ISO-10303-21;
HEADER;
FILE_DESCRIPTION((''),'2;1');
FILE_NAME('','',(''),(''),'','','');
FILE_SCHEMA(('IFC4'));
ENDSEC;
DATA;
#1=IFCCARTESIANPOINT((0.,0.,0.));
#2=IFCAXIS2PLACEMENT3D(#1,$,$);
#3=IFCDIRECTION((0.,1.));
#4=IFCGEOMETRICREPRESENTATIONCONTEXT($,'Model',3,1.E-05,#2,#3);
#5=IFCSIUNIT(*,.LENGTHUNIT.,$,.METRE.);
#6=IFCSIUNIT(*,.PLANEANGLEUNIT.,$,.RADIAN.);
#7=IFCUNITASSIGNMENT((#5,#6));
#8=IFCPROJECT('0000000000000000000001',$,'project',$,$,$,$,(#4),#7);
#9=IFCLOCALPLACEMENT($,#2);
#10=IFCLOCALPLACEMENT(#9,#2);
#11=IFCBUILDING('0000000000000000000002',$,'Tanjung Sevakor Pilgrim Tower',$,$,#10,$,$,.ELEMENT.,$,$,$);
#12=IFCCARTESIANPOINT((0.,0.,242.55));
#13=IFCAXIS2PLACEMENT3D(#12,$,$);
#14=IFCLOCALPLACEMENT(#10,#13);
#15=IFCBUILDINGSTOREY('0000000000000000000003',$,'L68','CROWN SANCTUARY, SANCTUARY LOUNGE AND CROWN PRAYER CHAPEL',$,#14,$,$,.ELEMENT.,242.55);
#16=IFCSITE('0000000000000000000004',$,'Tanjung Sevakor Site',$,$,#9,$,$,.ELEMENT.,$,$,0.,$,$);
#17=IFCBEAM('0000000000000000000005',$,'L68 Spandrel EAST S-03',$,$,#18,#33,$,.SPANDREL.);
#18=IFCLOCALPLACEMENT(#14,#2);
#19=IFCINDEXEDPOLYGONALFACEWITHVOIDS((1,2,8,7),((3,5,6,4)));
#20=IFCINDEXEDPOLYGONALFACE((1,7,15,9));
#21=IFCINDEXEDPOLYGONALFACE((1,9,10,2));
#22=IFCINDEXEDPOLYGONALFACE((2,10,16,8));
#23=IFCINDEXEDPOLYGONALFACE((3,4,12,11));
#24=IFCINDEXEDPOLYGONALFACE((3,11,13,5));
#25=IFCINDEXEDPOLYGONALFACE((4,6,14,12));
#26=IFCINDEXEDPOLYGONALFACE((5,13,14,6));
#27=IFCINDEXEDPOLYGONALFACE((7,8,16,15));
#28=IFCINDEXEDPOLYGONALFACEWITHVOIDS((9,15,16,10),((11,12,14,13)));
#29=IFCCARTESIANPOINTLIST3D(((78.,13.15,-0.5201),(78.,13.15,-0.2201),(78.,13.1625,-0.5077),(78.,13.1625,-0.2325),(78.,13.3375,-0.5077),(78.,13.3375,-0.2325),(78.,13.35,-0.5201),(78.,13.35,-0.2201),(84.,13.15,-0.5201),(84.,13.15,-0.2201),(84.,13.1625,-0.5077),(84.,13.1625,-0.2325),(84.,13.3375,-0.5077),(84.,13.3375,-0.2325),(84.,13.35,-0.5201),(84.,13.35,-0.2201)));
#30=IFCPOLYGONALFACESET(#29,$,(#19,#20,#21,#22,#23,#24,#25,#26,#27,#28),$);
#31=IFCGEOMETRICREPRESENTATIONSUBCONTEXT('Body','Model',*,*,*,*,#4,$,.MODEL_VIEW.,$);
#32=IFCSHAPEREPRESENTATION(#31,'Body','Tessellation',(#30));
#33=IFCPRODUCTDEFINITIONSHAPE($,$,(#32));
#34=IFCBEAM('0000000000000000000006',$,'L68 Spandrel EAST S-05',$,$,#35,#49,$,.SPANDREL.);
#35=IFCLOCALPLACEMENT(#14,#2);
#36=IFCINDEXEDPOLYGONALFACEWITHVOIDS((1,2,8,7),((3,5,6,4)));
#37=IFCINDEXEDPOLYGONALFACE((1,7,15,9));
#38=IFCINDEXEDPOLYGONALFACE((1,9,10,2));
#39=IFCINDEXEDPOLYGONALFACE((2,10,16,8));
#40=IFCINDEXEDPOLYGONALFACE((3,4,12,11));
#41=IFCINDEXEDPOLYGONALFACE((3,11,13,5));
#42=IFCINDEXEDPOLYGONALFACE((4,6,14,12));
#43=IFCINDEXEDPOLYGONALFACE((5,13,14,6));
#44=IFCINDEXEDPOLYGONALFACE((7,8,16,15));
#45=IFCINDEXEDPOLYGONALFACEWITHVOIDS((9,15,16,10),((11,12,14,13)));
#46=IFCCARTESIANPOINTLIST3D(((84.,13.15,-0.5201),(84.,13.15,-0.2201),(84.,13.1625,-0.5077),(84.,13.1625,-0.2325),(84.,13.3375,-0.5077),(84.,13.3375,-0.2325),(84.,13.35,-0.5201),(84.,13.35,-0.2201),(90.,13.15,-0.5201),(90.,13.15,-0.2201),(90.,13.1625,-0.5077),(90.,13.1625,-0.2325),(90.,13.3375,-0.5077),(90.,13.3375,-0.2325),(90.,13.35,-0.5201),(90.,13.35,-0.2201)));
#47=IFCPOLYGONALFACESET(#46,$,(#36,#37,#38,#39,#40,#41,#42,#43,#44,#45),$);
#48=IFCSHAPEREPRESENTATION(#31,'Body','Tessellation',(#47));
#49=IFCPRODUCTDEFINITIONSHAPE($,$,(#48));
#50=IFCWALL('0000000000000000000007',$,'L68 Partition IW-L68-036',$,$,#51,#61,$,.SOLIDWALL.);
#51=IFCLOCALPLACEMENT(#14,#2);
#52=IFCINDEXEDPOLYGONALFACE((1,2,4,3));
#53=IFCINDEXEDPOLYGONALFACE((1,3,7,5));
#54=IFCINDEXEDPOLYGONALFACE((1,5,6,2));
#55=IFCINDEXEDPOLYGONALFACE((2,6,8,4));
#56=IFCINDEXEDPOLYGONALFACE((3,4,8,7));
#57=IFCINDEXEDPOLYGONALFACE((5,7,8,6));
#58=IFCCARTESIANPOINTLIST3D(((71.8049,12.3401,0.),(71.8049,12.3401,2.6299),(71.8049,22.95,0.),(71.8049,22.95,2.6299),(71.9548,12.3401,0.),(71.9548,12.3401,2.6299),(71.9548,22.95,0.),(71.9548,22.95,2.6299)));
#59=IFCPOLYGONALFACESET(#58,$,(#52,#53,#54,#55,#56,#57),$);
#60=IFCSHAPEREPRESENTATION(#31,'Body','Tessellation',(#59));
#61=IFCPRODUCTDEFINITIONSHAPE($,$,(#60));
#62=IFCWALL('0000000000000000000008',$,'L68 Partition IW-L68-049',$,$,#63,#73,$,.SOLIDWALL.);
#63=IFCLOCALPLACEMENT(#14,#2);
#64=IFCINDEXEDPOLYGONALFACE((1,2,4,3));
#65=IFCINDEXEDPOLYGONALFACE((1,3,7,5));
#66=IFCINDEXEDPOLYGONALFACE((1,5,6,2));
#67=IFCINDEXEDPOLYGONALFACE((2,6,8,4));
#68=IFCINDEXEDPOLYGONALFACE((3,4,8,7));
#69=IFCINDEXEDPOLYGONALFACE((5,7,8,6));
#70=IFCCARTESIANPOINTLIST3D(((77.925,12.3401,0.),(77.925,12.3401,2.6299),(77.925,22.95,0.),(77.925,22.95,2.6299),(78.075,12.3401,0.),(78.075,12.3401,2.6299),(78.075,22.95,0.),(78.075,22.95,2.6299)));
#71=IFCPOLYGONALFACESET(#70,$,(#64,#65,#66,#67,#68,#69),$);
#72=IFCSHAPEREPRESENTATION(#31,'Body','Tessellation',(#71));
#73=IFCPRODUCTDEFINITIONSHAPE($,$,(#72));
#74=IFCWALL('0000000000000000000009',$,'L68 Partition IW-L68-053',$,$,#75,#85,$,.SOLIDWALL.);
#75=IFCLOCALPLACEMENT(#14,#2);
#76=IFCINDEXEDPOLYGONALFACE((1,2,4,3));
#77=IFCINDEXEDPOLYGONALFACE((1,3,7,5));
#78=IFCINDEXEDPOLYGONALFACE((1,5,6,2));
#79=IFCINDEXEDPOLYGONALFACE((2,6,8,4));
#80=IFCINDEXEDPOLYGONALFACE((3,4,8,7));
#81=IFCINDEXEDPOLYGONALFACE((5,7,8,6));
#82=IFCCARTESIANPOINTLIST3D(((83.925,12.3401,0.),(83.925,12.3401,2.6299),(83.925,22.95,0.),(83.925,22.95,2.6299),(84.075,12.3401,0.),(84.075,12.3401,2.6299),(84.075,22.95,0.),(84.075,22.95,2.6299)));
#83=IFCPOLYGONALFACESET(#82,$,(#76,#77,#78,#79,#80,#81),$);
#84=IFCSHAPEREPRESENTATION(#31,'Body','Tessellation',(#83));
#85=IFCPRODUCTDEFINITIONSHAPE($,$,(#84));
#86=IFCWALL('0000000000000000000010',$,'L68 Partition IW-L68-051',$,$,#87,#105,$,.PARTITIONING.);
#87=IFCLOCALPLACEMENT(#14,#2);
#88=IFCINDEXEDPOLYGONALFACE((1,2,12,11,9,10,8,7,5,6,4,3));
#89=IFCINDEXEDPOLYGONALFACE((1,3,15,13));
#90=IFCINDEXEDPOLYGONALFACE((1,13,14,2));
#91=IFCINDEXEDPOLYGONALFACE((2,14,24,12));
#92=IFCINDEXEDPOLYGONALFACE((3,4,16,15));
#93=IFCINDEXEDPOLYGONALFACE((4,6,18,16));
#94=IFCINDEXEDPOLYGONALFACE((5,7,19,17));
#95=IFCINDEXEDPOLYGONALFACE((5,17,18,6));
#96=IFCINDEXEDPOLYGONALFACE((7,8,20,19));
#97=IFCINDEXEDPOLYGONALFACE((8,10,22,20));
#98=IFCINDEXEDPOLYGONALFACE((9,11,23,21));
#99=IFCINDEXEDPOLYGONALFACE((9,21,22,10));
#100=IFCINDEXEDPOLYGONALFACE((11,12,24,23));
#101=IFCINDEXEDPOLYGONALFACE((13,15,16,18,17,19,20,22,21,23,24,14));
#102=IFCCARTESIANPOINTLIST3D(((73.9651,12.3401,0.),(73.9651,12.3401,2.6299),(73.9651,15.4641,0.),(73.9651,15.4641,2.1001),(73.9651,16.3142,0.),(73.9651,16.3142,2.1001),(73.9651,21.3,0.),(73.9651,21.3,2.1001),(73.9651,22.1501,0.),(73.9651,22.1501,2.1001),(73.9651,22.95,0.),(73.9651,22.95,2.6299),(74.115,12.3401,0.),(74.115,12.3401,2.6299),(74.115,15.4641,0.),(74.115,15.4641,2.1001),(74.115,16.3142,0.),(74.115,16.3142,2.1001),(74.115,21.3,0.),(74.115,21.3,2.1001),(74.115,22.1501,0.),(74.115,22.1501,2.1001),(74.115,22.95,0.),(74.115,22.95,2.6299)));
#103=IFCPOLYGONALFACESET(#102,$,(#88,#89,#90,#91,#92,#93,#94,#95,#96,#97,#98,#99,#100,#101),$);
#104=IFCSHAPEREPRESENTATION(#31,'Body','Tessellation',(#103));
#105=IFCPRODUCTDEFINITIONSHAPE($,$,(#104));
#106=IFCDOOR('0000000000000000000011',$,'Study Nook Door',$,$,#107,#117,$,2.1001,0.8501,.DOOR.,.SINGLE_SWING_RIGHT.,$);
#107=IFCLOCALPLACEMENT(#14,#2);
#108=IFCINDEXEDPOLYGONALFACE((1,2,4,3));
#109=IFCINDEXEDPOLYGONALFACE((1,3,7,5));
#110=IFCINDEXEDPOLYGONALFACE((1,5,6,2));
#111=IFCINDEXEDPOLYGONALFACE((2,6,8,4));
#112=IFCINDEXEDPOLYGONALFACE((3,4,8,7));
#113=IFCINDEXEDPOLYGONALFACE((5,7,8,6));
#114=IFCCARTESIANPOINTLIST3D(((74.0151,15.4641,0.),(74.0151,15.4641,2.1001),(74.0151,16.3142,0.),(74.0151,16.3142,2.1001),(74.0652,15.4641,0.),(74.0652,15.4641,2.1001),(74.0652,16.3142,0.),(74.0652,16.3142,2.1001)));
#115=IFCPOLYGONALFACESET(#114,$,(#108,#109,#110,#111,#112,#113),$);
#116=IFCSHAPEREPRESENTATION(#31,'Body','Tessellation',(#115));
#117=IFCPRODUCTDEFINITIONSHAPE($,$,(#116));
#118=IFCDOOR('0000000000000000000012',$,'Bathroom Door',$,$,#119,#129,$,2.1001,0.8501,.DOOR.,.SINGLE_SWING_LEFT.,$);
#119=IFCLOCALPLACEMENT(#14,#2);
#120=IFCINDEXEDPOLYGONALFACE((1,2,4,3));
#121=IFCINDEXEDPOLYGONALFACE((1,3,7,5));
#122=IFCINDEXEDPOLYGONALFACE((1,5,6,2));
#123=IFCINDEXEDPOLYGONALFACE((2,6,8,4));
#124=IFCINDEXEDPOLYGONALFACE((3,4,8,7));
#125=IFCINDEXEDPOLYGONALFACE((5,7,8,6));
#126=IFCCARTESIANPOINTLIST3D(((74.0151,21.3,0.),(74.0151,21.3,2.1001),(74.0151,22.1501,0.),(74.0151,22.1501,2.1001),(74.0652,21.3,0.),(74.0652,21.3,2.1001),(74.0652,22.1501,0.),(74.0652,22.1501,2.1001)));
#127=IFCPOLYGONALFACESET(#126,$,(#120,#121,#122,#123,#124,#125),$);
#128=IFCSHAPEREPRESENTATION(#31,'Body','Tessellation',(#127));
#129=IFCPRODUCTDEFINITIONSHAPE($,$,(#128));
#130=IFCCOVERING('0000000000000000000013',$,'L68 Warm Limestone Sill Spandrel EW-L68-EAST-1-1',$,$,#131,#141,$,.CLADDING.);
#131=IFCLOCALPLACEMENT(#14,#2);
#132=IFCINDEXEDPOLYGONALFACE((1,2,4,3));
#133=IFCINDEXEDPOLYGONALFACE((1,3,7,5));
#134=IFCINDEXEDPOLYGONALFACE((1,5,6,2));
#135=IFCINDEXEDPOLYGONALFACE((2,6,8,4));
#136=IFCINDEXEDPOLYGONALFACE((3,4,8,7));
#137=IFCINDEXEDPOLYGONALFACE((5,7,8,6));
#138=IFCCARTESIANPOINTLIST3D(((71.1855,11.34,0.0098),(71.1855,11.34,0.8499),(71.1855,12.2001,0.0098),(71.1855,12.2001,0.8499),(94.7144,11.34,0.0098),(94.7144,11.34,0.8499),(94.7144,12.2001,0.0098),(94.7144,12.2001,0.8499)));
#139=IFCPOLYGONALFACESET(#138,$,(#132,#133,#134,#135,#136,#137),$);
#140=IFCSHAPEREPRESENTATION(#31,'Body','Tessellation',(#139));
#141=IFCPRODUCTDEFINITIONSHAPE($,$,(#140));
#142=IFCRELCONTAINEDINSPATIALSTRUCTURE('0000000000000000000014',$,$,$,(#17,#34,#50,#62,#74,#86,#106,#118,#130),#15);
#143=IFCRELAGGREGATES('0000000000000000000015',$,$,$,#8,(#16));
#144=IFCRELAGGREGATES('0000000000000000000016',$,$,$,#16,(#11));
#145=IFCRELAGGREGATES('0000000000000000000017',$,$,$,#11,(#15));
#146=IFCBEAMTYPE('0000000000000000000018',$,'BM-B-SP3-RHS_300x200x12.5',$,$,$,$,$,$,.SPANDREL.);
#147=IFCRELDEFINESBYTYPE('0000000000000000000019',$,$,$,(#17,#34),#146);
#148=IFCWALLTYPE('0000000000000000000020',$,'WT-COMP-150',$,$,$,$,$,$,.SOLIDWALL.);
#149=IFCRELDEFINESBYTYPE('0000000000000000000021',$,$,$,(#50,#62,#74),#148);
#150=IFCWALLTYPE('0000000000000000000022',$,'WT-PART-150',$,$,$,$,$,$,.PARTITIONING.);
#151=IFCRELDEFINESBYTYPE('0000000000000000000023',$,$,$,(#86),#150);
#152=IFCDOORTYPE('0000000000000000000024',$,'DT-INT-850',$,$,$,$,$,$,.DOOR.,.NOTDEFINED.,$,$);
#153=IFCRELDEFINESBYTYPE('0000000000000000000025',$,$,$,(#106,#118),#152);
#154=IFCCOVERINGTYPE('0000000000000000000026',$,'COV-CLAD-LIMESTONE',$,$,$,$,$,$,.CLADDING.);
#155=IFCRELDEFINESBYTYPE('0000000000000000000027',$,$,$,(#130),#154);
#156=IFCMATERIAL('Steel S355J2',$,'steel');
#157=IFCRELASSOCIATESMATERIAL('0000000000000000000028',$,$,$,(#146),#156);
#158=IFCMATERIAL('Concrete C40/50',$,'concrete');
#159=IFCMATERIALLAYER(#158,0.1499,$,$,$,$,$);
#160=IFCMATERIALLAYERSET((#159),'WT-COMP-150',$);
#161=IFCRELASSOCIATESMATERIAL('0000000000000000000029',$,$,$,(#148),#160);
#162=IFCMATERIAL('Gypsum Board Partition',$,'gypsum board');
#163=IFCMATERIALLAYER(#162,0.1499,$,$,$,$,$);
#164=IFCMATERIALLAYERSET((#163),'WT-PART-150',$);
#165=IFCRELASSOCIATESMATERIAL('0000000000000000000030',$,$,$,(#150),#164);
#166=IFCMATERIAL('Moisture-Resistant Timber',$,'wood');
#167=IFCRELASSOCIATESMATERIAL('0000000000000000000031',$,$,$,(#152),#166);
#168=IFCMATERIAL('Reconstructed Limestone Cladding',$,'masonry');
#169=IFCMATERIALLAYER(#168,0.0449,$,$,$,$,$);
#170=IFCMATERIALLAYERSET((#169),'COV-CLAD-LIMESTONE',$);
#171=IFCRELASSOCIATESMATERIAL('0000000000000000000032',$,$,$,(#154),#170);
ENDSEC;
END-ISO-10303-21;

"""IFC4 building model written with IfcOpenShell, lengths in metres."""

from ifc_helpers import new_model, si_unit, direction, frame, frame_2d, origin, origin_2d, place, context, subcontext, project, spatial, rectangle, hollow_rectangle, extrude, material, layer, layer_set, material_profile, profile_set, type_object, element, fill, save


model = new_model("IFC4")

# Units and contexts
model_context = context("Model", 3, precision=1e-05, world=origin(), true_north=direction((0.0, 1.0)))
body_context = subcontext(model_context, "Body", "Model", "MODEL_VIEW")
ifc_project = project(units=[si_unit("LENGTHUNIT", "METRE"), si_unit("PLANEANGLEUNIT", "RADIAN")], contexts=[model_context])

# Site, building, storey
site_placement = place(None, origin())
site = spatial("IfcSite", under=ifc_project, at=site_placement, Name="Tanjung Sevakor Site", CompositionType="ELEMENT", RefElevation=0.0)
building_placement = place(site_placement, origin())
building = spatial("IfcBuilding", under=site, at=building_placement, Name="Tanjung Sevakor Pilgrim Tower", CompositionType="ELEMENT")
storey_placement = place(building_placement, frame((0.0, 0.0, 242.55)))
storey = spatial("IfcBuildingStorey", under=building, at=storey_placement, Name="L68", Description="CROWN SANCTUARY, SANCTUARY LOUNGE AND CROWN PRAYER CHAPEL", CompositionType="ELEMENT", Elevation=242.55)

# Beams
ifc_material_1 = material(Name="Steel S355J2", Category="steel")
ifc_material_profile_1 = material_profile(ifc_material_1, hollow_rectangle(XDim=0.2, YDim=0.3, WallThickness=0.0125, at=origin_2d()))
ifc_profile_set_1 = profile_set([ifc_material_profile_1], Name="Steel S355J2")
beam_type_1 = type_object("IfcBeamType", Name="BM-B-SP3-RHS_300x200x12.5", PredefinedType="SPANDREL", material=ifc_profile_set_1)
for number, where, z_axis, x_axis, name in (
    (1, (78.0, 13.25, -0.3701), (1.0, 0.0, 0.0), (0.0, 1.0, 0.0), "L68 Spandrel EAST S-03"),
    (2, (84.0, 13.25, -0.3701), (1.0, 0.0, 0.0), (0.0, 1.0, 0.0), "L68 Spandrel EAST S-05"),
):
    element("IfcBeam", number, at=place(storey_placement, frame(where, z_axis=z_axis, x_axis=x_axis)), inside=storey, type_object=beam_type_1, Name=name, PredefinedType="SPANDREL", context=body_context, shape_type="SweptSolid", body=[
        extrude(hollow_rectangle(XDim=0.2, YDim=0.3, WallThickness=0.0125, at=origin_2d()), origin(), (0.0, 0.0, 1.0), 6.0),
    ])

# Walls
ifc_material_2 = material(Name="Concrete C40/50", Category="concrete")
ifc_layer_1 = layer(ifc_material_2, 0.1499)
ifc_layer_set_1 = layer_set([ifc_layer_1], Name="WT-COMP-150")
wall_type_1 = type_object("IfcWallType", Name="WT-COMP-150", PredefinedType="SOLIDWALL", material=ifc_layer_set_1)
for number, where, z_axis, x_axis, name in (
    (3, (71.8799, 12.3401, 0.0), (0.0, 0.0, 1.0), (0.0, 1.0, 0.0), "L68 Partition IW-L68-036"),
    (4, (78.0, 12.3401, 0.0), (0.0, 0.0, 1.0), (0.0, 1.0, 0.0), "L68 Partition IW-L68-049"),
    (5, (84.0, 12.3401, 0.0), (0.0, 0.0, 1.0), (0.0, 1.0, 0.0), "L68 Partition IW-L68-053"),
):
    element("IfcWall", number, at=place(storey_placement, frame(where, z_axis=z_axis, x_axis=x_axis)), inside=storey, type_object=wall_type_1, Name=name, PredefinedType="SOLIDWALL", context=body_context, shape_type="SweptSolid", body=[
        extrude(rectangle(XDim=10.6099, YDim=0.1499, at=frame_2d((5.3049, 0.0))), origin(), (0.0, 0.0, 1.0), 2.6299),
    ])

# Wall, openings, doors
ifc_material_3 = material(Name="Gypsum Board Partition", Category="gypsum board")
ifc_layer_2 = layer(ifc_material_3, 0.1499)
ifc_layer_set_2 = layer_set([ifc_layer_2], Name="WT-PART-150")
wall_type_2 = type_object("IfcWallType", Name="WT-PART-150", PredefinedType="PARTITIONING", material=ifc_layer_set_2)
wall_placement = place(storey_placement, frame((74.04, 12.3401, 0.0), z_axis=(0.0, 0.0, 1.0), x_axis=(0.0, 1.0, 0.0)))
wall = element("IfcWall", 6, at=wall_placement, inside=storey, type_object=wall_type_2, Name="L68 Partition IW-L68-051", PredefinedType="PARTITIONING", context=body_context, shape_type="SweptSolid", body=[
    extrude(rectangle(XDim=10.6099, YDim=0.1499, at=frame_2d((5.3049, 0.0))), origin(), (0.0, 0.0, 1.0), 2.6299),
])
opening_1_placement = place(wall_placement, frame((3.124, 0.0, 0.0)))
opening_1 = element("IfcOpeningElement", 7, at=opening_1_placement, cuts=wall, PredefinedType="OPENING", context=body_context, shape_type="SweptSolid", body=[
    extrude(rectangle(XDim=0.8501, YDim=2.1001, at=frame_2d((0.425, 1.05))), frame((0.0, 0.085, 0.0), z_axis=(0.0, -1.0, 0.0), x_axis=(1.0, 0.0, 0.0)), (0.0, 0.0, 1.0), 0.1699),
])
opening_2_placement = place(wall_placement, frame((8.96, 0.0, 0.0)))
opening_2 = element("IfcOpeningElement", 8, at=opening_2_placement, cuts=wall, PredefinedType="OPENING", context=body_context, shape_type="SweptSolid", body=[
    extrude(rectangle(XDim=0.8501, YDim=2.1001, at=frame_2d((0.425, 1.05))), frame((0.0, 0.085, 0.0), z_axis=(0.0, -1.0, 0.0), x_axis=(1.0, 0.0, 0.0)), (0.0, 0.0, 1.0), 0.1699),
])
ifc_material_4 = material(Name="Moisture-Resistant Timber", Category="wood")
door_type = type_object("IfcDoorType", Name="DT-INT-850", OperationType="NOTDEFINED", PredefinedType="DOOR", material=ifc_material_4)
door_1_placement = place(opening_1_placement, origin())
door_1 = element("IfcDoor", 9, at=door_1_placement, inside=storey, type_object=door_type, Name="Study Nook Door", OperationType="SINGLE_SWING_RIGHT", OverallHeight=2.1001, OverallWidth=0.8501, PredefinedType="DOOR", context=body_context, shape_type="SweptSolid", body=[
    extrude(rectangle(XDim=0.8501, YDim=2.1001, at=frame_2d((0.425, 1.05))), frame((0.0, 0.0249, 0.0), z_axis=(0.0, -1.0, 0.0), x_axis=(1.0, 0.0, 0.0)), (0.0, 0.0, 1.0), 0.05),
])
fill(opening_1, door_1)
door_2_placement = place(opening_2_placement, origin())
door_2 = element("IfcDoor", 10, at=door_2_placement, inside=storey, type_object=door_type, Name="Bathroom Door", OperationType="SINGLE_SWING_LEFT", OverallHeight=2.1001, OverallWidth=0.8501, PredefinedType="DOOR", context=body_context, shape_type="SweptSolid", body=[
    extrude(rectangle(XDim=0.8501, YDim=2.1001, at=frame_2d((0.425, 1.05))), frame((0.0, 0.0249, 0.0), z_axis=(0.0, -1.0, 0.0), x_axis=(1.0, 0.0, 0.0)), (0.0, 0.0, 1.0), 0.05),
])
fill(opening_2, door_2)

# Covering
ifc_material_5 = material(Name="Reconstructed Limestone Cladding", Category="masonry")
ifc_layer_3 = layer(ifc_material_5, 0.0449)
ifc_layer_set_3 = layer_set([ifc_layer_3], Name="COV-CLAD-LIMESTONE")
covering_type = type_object("IfcCoveringType", Name="COV-CLAD-LIMESTONE", PredefinedType="CLADDING", material=ifc_layer_set_3)
covering_placement = place(storey_placement, frame((82.95, 11.77, 0.0098), z_axis=(0.0, 0.0, 1.0), x_axis=(1.0, 0.0, 0.0)))
element("IfcCovering", 11, at=covering_placement, inside=storey, type_object=covering_type, Name="L68 Warm Limestone Sill Spandrel EW-L68-EAST-1-1", PredefinedType="CLADDING", context=body_context, shape_type="SweptSolid", body=[
    extrude(rectangle(XDim=23.5288, YDim=0.8601, at=origin_2d()), origin(), (0.0, 0.0, 1.0), 0.8401),
])

save(model, "model.ifc")
